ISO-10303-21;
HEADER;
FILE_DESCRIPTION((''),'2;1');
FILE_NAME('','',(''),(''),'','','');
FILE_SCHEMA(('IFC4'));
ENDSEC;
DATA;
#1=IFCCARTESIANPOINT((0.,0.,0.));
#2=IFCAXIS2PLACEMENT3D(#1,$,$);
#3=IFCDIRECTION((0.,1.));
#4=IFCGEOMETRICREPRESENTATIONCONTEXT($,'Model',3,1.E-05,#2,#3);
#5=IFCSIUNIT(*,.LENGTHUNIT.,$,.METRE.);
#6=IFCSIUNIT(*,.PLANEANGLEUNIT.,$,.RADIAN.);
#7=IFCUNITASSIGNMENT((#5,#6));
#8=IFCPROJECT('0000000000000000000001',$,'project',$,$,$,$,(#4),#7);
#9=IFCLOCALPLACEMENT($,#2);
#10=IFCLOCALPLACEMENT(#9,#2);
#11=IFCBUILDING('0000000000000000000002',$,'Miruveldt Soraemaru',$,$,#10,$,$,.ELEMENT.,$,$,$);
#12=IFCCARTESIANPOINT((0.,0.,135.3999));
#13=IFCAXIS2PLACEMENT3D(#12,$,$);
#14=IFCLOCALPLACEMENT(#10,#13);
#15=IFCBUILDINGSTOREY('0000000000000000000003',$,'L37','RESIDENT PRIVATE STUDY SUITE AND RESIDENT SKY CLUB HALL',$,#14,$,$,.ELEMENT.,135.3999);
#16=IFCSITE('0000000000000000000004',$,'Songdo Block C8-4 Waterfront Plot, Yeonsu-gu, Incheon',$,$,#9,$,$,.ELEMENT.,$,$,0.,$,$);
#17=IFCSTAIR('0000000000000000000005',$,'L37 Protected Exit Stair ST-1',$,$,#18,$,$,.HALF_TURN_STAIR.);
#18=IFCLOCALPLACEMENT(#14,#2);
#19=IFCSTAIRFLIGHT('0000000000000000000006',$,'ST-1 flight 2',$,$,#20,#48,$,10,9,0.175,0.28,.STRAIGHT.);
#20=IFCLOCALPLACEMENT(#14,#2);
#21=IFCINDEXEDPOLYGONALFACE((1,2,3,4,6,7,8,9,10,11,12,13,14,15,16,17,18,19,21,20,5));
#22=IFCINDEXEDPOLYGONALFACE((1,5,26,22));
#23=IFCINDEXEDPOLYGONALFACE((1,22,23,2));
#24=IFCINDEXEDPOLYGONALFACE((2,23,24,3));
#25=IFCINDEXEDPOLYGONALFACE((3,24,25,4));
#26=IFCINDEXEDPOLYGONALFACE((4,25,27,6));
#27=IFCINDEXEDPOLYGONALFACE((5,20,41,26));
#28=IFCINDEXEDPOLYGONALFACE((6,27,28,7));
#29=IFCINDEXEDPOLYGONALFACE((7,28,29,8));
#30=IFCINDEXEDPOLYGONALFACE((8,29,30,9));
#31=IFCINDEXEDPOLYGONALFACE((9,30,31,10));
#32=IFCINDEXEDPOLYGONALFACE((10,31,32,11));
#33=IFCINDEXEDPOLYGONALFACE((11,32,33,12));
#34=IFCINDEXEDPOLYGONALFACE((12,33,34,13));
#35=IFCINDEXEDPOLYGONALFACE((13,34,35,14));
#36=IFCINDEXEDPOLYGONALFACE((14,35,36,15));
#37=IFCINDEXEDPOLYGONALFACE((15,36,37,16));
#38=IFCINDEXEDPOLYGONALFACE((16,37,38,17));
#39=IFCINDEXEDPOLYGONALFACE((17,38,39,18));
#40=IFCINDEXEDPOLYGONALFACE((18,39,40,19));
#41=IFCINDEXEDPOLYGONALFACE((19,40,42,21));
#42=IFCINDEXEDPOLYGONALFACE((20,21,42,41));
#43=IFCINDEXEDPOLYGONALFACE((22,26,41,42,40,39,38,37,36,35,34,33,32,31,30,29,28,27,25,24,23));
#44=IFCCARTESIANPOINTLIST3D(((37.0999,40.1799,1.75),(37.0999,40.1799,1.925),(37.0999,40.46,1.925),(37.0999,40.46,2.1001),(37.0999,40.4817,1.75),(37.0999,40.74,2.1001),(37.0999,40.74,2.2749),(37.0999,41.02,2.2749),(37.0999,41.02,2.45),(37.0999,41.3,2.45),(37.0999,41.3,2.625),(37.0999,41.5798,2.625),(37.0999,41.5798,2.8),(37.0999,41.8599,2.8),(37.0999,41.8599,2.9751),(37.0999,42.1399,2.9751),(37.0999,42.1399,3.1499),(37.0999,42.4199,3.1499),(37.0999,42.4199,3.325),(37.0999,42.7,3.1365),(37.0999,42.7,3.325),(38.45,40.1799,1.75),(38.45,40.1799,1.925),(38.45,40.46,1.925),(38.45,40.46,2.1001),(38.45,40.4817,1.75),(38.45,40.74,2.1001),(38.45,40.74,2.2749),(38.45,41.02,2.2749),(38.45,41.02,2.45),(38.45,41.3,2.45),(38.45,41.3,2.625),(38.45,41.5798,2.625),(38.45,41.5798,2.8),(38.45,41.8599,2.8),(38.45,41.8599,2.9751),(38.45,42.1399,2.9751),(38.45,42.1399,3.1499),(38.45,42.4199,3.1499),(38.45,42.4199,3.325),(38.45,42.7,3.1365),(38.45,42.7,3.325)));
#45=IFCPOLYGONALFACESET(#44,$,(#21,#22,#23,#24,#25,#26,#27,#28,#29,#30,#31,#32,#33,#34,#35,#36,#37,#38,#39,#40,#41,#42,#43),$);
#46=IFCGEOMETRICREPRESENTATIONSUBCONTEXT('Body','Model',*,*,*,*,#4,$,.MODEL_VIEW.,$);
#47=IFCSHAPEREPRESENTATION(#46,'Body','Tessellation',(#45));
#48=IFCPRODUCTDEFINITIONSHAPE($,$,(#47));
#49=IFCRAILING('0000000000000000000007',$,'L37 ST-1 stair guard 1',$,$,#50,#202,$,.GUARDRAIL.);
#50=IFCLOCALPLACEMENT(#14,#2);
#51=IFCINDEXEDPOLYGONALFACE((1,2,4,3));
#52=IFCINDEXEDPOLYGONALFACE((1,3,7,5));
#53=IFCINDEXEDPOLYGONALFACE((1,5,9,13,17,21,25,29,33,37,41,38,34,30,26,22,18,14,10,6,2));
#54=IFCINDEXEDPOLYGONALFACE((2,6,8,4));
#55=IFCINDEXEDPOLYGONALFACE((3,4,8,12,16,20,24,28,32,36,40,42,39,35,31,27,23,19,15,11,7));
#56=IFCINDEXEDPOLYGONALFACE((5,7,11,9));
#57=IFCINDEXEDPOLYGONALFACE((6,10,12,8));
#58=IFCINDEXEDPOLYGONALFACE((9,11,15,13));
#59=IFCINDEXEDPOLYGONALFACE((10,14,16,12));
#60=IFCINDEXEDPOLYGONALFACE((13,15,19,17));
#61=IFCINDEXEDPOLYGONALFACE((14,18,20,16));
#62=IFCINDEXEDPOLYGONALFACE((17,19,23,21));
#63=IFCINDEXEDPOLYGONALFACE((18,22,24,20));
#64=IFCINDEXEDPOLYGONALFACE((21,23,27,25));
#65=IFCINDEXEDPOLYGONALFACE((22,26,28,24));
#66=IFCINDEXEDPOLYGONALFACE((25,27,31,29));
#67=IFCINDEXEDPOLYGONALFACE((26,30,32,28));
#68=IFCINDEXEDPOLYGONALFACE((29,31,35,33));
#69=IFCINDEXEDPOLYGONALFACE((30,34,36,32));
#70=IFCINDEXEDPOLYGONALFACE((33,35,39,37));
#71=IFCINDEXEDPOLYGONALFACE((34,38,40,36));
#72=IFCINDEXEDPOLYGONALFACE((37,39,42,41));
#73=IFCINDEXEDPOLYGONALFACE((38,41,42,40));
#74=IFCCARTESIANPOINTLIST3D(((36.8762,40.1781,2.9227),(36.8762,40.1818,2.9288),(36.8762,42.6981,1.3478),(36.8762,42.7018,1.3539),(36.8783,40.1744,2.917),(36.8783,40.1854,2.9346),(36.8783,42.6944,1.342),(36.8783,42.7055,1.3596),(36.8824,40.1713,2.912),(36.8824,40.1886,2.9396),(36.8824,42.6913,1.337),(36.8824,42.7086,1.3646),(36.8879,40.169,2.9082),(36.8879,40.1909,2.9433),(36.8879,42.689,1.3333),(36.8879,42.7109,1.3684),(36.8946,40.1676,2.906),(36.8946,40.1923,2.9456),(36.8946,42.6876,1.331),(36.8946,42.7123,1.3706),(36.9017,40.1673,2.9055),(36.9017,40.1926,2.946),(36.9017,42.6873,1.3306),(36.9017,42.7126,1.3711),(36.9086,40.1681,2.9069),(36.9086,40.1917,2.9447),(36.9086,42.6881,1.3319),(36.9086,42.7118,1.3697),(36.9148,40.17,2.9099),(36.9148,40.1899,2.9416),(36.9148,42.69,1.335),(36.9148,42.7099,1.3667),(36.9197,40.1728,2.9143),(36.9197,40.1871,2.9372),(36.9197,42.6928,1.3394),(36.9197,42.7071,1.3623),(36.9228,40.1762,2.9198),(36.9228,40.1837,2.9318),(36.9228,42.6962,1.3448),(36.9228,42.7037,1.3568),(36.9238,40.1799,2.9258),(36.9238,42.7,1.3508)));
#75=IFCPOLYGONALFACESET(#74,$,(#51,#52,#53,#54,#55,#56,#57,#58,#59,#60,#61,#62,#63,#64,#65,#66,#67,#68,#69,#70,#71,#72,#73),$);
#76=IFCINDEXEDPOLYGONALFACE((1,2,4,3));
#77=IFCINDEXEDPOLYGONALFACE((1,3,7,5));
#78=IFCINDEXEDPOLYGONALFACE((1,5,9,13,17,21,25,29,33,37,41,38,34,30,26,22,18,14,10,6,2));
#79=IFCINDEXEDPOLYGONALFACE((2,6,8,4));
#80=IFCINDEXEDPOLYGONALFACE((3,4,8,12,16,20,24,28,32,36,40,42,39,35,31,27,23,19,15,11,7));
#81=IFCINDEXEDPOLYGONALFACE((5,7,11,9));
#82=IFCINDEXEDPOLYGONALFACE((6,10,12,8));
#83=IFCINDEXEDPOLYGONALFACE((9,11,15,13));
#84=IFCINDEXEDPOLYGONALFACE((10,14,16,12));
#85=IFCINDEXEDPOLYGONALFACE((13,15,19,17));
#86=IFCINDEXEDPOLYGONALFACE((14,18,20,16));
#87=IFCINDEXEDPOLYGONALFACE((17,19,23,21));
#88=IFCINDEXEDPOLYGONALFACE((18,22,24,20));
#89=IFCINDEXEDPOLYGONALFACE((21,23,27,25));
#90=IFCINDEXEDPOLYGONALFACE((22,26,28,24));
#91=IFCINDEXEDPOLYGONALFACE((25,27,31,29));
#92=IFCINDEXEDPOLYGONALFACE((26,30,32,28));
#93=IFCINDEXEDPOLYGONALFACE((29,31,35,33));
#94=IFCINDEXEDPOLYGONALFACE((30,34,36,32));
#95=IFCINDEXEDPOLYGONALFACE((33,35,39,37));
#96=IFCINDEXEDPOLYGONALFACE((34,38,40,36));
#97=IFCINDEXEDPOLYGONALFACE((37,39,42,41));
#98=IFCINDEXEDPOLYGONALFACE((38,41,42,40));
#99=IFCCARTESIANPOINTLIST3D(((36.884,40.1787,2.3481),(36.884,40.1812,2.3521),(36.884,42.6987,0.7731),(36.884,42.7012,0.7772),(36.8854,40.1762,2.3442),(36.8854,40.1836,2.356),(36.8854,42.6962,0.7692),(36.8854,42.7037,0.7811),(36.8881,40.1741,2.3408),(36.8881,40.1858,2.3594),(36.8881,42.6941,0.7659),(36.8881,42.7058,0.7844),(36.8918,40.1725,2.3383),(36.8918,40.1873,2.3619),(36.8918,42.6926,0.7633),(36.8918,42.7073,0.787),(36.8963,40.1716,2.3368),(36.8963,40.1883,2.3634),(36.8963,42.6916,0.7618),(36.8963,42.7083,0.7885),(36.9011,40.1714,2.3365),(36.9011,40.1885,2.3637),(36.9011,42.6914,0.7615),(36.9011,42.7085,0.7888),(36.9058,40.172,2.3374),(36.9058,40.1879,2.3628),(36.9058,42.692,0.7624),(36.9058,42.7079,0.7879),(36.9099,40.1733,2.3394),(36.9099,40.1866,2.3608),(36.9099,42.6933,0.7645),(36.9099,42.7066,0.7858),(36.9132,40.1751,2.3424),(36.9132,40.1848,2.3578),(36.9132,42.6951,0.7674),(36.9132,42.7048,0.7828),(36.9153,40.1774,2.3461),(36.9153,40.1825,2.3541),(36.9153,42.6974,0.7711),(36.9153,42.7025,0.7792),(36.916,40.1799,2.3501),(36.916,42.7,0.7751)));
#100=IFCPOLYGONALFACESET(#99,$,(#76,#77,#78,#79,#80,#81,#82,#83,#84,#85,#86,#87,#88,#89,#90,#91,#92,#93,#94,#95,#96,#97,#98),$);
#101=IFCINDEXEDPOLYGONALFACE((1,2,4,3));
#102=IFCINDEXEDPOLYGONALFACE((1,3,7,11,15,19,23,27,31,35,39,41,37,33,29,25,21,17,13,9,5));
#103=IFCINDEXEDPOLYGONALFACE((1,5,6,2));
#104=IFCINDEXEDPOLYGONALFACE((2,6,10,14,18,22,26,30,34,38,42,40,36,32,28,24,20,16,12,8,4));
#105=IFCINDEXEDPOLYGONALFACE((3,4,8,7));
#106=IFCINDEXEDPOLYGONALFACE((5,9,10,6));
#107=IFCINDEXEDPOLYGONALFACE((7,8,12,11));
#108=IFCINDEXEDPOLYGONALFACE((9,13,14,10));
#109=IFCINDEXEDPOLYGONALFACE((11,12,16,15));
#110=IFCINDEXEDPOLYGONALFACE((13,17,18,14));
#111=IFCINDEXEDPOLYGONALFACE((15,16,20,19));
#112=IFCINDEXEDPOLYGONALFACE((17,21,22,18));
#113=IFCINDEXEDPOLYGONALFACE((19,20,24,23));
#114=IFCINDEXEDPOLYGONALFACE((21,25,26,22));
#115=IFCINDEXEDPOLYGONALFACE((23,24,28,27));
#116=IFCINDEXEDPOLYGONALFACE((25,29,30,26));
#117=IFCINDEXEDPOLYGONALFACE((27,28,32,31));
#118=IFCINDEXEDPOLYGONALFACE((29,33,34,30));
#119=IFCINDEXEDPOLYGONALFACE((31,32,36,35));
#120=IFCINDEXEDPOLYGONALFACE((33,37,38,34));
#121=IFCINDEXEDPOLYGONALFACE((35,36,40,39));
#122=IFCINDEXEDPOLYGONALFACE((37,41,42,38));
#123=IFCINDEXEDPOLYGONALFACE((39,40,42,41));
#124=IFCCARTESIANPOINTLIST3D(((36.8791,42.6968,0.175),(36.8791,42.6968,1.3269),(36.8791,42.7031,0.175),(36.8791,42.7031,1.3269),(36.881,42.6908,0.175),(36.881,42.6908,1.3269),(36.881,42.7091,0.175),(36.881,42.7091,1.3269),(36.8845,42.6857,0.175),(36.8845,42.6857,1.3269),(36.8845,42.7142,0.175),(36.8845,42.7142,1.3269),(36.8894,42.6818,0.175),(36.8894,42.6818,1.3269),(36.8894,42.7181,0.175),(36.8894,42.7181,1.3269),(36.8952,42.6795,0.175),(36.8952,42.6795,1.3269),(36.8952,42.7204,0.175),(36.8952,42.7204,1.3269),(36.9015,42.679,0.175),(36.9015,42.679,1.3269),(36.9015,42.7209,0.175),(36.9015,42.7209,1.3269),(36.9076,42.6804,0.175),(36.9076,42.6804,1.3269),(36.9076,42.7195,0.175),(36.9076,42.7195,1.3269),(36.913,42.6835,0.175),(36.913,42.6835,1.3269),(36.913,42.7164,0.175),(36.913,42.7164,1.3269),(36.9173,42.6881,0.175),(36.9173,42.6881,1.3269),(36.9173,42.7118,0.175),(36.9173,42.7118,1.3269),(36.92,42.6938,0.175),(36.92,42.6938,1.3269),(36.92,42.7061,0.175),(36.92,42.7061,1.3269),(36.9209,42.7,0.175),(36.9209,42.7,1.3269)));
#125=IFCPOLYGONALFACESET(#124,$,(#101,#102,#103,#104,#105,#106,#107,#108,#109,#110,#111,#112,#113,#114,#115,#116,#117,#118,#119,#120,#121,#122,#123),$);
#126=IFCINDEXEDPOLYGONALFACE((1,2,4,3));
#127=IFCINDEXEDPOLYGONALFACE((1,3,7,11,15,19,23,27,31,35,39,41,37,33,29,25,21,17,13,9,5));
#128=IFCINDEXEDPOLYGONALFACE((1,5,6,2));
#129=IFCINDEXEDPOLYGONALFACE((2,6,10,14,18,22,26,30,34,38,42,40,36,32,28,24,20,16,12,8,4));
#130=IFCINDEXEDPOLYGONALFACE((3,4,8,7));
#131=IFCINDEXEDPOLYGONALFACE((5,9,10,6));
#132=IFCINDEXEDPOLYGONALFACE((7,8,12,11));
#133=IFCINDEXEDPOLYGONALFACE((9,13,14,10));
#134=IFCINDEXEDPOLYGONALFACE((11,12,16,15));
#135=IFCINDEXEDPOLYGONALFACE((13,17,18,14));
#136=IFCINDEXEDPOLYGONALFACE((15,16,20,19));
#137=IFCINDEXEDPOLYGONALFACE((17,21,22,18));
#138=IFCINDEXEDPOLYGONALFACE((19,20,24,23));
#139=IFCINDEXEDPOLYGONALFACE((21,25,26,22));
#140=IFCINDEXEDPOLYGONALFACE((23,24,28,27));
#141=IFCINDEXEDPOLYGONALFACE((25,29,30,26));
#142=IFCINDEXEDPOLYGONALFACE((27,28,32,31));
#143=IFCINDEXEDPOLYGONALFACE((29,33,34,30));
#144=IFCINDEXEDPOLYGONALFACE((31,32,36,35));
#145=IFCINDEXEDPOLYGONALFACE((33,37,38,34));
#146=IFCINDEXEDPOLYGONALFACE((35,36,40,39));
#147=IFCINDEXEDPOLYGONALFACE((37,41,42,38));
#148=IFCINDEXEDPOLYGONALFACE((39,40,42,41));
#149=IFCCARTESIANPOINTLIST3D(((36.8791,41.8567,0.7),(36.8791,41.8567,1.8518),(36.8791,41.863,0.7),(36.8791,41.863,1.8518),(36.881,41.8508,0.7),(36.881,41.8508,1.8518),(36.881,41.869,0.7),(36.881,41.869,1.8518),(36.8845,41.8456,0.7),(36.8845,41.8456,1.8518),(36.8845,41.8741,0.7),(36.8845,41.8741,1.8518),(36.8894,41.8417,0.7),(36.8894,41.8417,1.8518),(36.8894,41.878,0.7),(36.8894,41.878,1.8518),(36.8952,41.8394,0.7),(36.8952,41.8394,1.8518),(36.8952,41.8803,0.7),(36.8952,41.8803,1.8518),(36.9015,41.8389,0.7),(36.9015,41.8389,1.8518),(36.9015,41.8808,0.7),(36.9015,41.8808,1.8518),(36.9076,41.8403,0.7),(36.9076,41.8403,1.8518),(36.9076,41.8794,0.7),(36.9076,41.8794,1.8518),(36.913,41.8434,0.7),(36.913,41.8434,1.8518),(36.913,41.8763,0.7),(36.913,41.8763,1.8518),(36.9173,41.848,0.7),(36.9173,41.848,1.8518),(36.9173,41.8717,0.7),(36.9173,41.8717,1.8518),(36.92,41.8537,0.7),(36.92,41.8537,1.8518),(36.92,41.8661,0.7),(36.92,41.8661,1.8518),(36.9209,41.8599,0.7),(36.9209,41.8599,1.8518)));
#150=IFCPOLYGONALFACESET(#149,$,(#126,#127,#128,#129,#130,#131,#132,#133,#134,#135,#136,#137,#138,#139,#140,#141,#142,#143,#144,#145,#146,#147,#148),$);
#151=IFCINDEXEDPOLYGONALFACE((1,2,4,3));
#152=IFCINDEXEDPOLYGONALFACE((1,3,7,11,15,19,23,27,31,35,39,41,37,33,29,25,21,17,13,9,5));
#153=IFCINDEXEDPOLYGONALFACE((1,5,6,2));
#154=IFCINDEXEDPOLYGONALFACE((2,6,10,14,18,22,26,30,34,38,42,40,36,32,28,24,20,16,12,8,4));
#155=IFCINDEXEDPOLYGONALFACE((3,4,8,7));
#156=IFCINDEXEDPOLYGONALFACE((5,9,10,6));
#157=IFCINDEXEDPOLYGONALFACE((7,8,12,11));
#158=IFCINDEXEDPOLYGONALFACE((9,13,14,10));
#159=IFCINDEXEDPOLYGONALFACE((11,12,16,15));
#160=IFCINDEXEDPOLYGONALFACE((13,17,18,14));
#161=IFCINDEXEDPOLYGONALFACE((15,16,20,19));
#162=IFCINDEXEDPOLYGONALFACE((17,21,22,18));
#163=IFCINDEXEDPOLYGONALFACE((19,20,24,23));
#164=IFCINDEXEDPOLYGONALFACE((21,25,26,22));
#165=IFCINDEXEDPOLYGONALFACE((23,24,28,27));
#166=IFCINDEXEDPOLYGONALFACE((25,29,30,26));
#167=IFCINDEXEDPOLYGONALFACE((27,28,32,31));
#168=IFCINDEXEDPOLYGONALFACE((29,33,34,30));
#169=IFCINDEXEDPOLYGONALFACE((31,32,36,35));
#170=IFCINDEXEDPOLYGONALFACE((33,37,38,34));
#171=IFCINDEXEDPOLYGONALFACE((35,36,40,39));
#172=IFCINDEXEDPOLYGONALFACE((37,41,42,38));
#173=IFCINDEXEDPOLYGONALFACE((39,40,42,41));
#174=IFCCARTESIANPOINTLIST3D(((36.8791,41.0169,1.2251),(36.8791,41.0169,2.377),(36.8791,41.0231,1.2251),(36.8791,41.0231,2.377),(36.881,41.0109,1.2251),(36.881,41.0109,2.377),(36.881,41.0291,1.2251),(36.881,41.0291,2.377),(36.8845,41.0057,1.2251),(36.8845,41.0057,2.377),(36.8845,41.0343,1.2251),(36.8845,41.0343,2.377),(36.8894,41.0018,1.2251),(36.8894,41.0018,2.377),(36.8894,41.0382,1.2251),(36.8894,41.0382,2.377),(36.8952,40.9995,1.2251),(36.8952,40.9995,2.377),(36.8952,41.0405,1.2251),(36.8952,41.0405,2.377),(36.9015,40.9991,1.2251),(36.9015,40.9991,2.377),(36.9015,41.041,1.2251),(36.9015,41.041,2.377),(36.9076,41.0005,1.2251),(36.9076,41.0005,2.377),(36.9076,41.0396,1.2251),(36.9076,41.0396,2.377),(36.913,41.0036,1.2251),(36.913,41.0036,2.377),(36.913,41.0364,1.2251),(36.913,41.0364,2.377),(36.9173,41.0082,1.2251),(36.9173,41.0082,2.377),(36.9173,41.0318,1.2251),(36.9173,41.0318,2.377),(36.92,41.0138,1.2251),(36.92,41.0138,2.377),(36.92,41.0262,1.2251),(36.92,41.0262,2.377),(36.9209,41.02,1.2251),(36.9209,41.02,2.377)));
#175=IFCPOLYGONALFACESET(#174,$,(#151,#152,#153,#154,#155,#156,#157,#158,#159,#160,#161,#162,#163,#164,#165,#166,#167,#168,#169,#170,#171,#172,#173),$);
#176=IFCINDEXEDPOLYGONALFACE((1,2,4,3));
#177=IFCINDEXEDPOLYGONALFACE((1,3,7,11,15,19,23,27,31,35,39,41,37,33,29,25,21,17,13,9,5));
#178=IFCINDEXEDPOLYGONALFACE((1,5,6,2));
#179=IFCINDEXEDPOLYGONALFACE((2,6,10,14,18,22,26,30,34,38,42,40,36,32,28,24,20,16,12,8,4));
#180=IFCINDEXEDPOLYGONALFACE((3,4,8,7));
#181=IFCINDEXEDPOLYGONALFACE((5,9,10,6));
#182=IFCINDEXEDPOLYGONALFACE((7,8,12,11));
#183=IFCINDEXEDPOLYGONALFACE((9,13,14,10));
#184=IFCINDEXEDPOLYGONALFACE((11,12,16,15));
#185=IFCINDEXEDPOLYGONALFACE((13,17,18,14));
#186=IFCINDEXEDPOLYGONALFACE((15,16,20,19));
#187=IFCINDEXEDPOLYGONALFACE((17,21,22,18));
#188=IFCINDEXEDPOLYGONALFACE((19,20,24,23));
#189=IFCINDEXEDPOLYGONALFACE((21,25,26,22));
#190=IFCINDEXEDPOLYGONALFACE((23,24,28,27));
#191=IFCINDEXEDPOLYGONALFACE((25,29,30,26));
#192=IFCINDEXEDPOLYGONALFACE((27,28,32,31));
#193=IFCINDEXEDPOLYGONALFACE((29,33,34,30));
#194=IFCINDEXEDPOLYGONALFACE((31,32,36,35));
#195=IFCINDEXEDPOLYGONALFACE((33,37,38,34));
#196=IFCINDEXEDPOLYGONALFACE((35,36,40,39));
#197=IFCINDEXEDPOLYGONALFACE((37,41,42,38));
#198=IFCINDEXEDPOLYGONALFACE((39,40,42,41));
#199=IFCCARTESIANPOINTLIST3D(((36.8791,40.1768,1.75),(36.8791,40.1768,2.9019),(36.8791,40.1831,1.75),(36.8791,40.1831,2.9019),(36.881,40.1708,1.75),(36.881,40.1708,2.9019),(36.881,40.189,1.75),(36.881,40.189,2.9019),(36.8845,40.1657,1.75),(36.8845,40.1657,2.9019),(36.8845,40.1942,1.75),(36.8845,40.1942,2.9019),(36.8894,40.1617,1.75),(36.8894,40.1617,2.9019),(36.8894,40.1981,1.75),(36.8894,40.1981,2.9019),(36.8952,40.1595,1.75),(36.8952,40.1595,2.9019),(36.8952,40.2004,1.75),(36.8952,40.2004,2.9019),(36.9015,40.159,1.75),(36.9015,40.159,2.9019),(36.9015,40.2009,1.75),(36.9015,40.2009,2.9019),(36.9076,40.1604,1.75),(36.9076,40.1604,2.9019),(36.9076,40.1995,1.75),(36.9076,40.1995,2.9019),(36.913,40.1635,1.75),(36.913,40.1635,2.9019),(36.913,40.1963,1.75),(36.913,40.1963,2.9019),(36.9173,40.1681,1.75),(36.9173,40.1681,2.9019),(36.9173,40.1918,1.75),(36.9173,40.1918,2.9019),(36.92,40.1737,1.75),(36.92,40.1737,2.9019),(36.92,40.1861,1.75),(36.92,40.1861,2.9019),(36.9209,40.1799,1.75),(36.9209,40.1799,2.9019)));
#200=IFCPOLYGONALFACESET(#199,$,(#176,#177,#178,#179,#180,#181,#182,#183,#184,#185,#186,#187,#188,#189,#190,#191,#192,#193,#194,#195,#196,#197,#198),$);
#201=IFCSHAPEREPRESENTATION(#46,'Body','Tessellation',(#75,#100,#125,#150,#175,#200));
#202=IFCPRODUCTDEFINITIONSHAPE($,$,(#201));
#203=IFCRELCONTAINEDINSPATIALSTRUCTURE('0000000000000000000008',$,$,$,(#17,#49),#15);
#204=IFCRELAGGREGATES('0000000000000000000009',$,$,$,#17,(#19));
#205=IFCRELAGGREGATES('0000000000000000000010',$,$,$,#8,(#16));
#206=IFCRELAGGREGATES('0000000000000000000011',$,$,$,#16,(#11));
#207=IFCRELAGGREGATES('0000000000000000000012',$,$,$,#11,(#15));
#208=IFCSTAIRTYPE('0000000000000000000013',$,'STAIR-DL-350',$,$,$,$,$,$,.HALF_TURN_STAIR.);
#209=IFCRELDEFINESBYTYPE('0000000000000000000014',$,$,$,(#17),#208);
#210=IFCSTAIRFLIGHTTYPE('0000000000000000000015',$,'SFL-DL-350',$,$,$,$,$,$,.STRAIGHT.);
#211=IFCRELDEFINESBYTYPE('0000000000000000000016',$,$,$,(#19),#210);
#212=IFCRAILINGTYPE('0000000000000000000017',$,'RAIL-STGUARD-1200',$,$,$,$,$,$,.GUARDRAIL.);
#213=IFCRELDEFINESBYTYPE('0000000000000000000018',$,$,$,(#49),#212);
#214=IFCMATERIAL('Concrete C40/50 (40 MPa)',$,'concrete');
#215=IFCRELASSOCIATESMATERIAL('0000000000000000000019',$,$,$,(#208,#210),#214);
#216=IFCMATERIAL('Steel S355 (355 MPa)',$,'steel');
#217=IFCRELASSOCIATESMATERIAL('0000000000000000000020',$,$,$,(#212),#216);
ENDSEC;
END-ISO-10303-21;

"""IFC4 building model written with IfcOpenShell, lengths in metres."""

from ifc_helpers import new_model, si_unit, direction, frame, origin, origin_2d, place, context, subcontext, project, spatial, polyline, circle, outline, extrude, material, type_object, element, aggregate, save


model = new_model("IFC4")

# Units and contexts
model_context = context("Model", 3, precision=1e-05, world=origin(), true_north=direction((0.0, 1.0)))
body_context = subcontext(model_context, "Body", "Model", "MODEL_VIEW")
ifc_project = project(units=[si_unit("LENGTHUNIT", "METRE"), si_unit("PLANEANGLEUNIT", "RADIAN")], contexts=[model_context])

# Site, building, storey
site_placement = place(None, origin())
site = spatial("IfcSite", under=ifc_project, at=site_placement, Name="Songdo Block C8-4 Waterfront Plot, Yeonsu-gu, Incheon", CompositionType="ELEMENT", RefElevation=0.0)
building_placement = place(site_placement, origin())
building = spatial("IfcBuilding", under=site, at=building_placement, Name="Miruveldt Soraemaru", CompositionType="ELEMENT")
storey_placement = place(building_placement, frame((0.0, 0.0, 135.3999)))
storey = spatial("IfcBuildingStorey", under=building, at=storey_placement, Name="L37", Description="RESIDENT PRIVATE STUDY SUITE AND RESIDENT SKY CLUB HALL", CompositionType="ELEMENT", Elevation=135.3999)

# Shared definitions
ifc_material_1 = material(Name="Concrete C40/50 (40 MPa)", Category="concrete")

# Stair, stair flight
stair_type = type_object("IfcStairType", Name="STAIR-DL-350", PredefinedType="HALF_TURN_STAIR", material=ifc_material_1)
stair_placement = place(storey_placement, origin())
stair = element("IfcStair", 1, at=stair_placement, inside=storey, type_object=stair_type, Name="L37 Protected Exit Stair ST-1", PredefinedType="HALF_TURN_STAIR")
stair_flight_type = type_object("IfcStairFlightType", Name="SFL-DL-350", PredefinedType="STRAIGHT", material=ifc_material_1)
stair_flight_1_placement = place(storey_placement, frame((37.7749, 40.1799, 1.75), z_axis=(0.0, 0.0, 1.0), x_axis=(0.0, 1.0, 0.0)))
stair_flight_1 = element("IfcStairFlight", 2, at=stair_flight_1_placement, type_object=stair_flight_type, Name="ST-1 flight 2", NumberOfRisers=10, NumberOfTreads=9, PredefinedType="STRAIGHT", RiserHeight=0.175, TreadLength=0.28, context=body_context, shape_type="SweptSolid", body=[
    extrude(outline(polyline([(0.0, 0.0), (0.0, 0.175), (0.28, 0.175), (0.28, 0.3501), (0.5601, 0.3501), (0.5601, 0.5249), (0.8401, 0.5249), (0.8401, 0.7), (1.1201, 0.7), (1.1201, 0.875), (1.3999, 0.875), (1.3999, 1.05), (1.6799, 1.05), (1.6799, 1.2251), (1.96, 1.2251), (1.96, 1.3999), (2.24, 1.3999), (2.24, 1.575), (2.52, 1.575), (2.52, 1.75), (2.52, 1.3865), (0.3018, 0.0), (0.0, 0.0)])), frame((0.0, 0.675, 0.0), z_axis=(0.0, -1.0, 0.0), x_axis=(1.0, 0.0, 0.0)), (0.0, 0.0, 1.0), 1.3501),
])
aggregate(stair, [stair_flight_1])

# Railing
ifc_material_2 = material(Name="Steel S355 (355 MPa)", Category="steel")
railing_type_1 = type_object("IfcRailingType", Name="RAIL-STGUARD-1200", PredefinedType="GUARDRAIL", material=ifc_material_2)
railing_1_placement = place(storey_placement, frame((36.8999, 42.7, 0.175)))
element("IfcRailing", 3, at=railing_1_placement, inside=storey, type_object=railing_type_1, Name="L37 ST-1 stair guard 1", PredefinedType="GUARDRAIL", context=body_context, shape_type="SweptSolid", body=[
    extrude(circle(Radius=0.0239, at=origin_2d()), frame((0.0, 0.0, 1.1758), z_axis=(0.0, -0.848008, 0.529984), x_axis=(1.0, 0.0, 0.0)), (0.0, 0.0, 1.0), 2.9717),
    extrude(circle(Radius=0.0161, at=origin_2d()), frame((0.0, 0.0, 0.6001), z_axis=(0.0, -0.848008, 0.529984), x_axis=(1.0, 0.0, 0.0)), (0.0, 0.0, 1.0), 2.9717),
    extrude(circle(Radius=0.021, at=origin_2d()), origin(), (0.0, 0.0, 1.0), 1.1519),
    extrude(circle(Radius=0.021, at=origin_2d()), frame((0.0, -0.8401, 0.5249)), (0.0, 0.0, 1.0), 1.1519),
    extrude(circle(Radius=0.021, at=origin_2d()), frame((0.0, -1.6799, 1.05)), (0.0, 0.0, 1.0), 1.1519),
    extrude(circle(Radius=0.021, at=origin_2d()), frame((0.0, -2.52, 1.575)), (0.0, 0.0, 1.0), 1.1519),
])

save(model, "model.ifc")
